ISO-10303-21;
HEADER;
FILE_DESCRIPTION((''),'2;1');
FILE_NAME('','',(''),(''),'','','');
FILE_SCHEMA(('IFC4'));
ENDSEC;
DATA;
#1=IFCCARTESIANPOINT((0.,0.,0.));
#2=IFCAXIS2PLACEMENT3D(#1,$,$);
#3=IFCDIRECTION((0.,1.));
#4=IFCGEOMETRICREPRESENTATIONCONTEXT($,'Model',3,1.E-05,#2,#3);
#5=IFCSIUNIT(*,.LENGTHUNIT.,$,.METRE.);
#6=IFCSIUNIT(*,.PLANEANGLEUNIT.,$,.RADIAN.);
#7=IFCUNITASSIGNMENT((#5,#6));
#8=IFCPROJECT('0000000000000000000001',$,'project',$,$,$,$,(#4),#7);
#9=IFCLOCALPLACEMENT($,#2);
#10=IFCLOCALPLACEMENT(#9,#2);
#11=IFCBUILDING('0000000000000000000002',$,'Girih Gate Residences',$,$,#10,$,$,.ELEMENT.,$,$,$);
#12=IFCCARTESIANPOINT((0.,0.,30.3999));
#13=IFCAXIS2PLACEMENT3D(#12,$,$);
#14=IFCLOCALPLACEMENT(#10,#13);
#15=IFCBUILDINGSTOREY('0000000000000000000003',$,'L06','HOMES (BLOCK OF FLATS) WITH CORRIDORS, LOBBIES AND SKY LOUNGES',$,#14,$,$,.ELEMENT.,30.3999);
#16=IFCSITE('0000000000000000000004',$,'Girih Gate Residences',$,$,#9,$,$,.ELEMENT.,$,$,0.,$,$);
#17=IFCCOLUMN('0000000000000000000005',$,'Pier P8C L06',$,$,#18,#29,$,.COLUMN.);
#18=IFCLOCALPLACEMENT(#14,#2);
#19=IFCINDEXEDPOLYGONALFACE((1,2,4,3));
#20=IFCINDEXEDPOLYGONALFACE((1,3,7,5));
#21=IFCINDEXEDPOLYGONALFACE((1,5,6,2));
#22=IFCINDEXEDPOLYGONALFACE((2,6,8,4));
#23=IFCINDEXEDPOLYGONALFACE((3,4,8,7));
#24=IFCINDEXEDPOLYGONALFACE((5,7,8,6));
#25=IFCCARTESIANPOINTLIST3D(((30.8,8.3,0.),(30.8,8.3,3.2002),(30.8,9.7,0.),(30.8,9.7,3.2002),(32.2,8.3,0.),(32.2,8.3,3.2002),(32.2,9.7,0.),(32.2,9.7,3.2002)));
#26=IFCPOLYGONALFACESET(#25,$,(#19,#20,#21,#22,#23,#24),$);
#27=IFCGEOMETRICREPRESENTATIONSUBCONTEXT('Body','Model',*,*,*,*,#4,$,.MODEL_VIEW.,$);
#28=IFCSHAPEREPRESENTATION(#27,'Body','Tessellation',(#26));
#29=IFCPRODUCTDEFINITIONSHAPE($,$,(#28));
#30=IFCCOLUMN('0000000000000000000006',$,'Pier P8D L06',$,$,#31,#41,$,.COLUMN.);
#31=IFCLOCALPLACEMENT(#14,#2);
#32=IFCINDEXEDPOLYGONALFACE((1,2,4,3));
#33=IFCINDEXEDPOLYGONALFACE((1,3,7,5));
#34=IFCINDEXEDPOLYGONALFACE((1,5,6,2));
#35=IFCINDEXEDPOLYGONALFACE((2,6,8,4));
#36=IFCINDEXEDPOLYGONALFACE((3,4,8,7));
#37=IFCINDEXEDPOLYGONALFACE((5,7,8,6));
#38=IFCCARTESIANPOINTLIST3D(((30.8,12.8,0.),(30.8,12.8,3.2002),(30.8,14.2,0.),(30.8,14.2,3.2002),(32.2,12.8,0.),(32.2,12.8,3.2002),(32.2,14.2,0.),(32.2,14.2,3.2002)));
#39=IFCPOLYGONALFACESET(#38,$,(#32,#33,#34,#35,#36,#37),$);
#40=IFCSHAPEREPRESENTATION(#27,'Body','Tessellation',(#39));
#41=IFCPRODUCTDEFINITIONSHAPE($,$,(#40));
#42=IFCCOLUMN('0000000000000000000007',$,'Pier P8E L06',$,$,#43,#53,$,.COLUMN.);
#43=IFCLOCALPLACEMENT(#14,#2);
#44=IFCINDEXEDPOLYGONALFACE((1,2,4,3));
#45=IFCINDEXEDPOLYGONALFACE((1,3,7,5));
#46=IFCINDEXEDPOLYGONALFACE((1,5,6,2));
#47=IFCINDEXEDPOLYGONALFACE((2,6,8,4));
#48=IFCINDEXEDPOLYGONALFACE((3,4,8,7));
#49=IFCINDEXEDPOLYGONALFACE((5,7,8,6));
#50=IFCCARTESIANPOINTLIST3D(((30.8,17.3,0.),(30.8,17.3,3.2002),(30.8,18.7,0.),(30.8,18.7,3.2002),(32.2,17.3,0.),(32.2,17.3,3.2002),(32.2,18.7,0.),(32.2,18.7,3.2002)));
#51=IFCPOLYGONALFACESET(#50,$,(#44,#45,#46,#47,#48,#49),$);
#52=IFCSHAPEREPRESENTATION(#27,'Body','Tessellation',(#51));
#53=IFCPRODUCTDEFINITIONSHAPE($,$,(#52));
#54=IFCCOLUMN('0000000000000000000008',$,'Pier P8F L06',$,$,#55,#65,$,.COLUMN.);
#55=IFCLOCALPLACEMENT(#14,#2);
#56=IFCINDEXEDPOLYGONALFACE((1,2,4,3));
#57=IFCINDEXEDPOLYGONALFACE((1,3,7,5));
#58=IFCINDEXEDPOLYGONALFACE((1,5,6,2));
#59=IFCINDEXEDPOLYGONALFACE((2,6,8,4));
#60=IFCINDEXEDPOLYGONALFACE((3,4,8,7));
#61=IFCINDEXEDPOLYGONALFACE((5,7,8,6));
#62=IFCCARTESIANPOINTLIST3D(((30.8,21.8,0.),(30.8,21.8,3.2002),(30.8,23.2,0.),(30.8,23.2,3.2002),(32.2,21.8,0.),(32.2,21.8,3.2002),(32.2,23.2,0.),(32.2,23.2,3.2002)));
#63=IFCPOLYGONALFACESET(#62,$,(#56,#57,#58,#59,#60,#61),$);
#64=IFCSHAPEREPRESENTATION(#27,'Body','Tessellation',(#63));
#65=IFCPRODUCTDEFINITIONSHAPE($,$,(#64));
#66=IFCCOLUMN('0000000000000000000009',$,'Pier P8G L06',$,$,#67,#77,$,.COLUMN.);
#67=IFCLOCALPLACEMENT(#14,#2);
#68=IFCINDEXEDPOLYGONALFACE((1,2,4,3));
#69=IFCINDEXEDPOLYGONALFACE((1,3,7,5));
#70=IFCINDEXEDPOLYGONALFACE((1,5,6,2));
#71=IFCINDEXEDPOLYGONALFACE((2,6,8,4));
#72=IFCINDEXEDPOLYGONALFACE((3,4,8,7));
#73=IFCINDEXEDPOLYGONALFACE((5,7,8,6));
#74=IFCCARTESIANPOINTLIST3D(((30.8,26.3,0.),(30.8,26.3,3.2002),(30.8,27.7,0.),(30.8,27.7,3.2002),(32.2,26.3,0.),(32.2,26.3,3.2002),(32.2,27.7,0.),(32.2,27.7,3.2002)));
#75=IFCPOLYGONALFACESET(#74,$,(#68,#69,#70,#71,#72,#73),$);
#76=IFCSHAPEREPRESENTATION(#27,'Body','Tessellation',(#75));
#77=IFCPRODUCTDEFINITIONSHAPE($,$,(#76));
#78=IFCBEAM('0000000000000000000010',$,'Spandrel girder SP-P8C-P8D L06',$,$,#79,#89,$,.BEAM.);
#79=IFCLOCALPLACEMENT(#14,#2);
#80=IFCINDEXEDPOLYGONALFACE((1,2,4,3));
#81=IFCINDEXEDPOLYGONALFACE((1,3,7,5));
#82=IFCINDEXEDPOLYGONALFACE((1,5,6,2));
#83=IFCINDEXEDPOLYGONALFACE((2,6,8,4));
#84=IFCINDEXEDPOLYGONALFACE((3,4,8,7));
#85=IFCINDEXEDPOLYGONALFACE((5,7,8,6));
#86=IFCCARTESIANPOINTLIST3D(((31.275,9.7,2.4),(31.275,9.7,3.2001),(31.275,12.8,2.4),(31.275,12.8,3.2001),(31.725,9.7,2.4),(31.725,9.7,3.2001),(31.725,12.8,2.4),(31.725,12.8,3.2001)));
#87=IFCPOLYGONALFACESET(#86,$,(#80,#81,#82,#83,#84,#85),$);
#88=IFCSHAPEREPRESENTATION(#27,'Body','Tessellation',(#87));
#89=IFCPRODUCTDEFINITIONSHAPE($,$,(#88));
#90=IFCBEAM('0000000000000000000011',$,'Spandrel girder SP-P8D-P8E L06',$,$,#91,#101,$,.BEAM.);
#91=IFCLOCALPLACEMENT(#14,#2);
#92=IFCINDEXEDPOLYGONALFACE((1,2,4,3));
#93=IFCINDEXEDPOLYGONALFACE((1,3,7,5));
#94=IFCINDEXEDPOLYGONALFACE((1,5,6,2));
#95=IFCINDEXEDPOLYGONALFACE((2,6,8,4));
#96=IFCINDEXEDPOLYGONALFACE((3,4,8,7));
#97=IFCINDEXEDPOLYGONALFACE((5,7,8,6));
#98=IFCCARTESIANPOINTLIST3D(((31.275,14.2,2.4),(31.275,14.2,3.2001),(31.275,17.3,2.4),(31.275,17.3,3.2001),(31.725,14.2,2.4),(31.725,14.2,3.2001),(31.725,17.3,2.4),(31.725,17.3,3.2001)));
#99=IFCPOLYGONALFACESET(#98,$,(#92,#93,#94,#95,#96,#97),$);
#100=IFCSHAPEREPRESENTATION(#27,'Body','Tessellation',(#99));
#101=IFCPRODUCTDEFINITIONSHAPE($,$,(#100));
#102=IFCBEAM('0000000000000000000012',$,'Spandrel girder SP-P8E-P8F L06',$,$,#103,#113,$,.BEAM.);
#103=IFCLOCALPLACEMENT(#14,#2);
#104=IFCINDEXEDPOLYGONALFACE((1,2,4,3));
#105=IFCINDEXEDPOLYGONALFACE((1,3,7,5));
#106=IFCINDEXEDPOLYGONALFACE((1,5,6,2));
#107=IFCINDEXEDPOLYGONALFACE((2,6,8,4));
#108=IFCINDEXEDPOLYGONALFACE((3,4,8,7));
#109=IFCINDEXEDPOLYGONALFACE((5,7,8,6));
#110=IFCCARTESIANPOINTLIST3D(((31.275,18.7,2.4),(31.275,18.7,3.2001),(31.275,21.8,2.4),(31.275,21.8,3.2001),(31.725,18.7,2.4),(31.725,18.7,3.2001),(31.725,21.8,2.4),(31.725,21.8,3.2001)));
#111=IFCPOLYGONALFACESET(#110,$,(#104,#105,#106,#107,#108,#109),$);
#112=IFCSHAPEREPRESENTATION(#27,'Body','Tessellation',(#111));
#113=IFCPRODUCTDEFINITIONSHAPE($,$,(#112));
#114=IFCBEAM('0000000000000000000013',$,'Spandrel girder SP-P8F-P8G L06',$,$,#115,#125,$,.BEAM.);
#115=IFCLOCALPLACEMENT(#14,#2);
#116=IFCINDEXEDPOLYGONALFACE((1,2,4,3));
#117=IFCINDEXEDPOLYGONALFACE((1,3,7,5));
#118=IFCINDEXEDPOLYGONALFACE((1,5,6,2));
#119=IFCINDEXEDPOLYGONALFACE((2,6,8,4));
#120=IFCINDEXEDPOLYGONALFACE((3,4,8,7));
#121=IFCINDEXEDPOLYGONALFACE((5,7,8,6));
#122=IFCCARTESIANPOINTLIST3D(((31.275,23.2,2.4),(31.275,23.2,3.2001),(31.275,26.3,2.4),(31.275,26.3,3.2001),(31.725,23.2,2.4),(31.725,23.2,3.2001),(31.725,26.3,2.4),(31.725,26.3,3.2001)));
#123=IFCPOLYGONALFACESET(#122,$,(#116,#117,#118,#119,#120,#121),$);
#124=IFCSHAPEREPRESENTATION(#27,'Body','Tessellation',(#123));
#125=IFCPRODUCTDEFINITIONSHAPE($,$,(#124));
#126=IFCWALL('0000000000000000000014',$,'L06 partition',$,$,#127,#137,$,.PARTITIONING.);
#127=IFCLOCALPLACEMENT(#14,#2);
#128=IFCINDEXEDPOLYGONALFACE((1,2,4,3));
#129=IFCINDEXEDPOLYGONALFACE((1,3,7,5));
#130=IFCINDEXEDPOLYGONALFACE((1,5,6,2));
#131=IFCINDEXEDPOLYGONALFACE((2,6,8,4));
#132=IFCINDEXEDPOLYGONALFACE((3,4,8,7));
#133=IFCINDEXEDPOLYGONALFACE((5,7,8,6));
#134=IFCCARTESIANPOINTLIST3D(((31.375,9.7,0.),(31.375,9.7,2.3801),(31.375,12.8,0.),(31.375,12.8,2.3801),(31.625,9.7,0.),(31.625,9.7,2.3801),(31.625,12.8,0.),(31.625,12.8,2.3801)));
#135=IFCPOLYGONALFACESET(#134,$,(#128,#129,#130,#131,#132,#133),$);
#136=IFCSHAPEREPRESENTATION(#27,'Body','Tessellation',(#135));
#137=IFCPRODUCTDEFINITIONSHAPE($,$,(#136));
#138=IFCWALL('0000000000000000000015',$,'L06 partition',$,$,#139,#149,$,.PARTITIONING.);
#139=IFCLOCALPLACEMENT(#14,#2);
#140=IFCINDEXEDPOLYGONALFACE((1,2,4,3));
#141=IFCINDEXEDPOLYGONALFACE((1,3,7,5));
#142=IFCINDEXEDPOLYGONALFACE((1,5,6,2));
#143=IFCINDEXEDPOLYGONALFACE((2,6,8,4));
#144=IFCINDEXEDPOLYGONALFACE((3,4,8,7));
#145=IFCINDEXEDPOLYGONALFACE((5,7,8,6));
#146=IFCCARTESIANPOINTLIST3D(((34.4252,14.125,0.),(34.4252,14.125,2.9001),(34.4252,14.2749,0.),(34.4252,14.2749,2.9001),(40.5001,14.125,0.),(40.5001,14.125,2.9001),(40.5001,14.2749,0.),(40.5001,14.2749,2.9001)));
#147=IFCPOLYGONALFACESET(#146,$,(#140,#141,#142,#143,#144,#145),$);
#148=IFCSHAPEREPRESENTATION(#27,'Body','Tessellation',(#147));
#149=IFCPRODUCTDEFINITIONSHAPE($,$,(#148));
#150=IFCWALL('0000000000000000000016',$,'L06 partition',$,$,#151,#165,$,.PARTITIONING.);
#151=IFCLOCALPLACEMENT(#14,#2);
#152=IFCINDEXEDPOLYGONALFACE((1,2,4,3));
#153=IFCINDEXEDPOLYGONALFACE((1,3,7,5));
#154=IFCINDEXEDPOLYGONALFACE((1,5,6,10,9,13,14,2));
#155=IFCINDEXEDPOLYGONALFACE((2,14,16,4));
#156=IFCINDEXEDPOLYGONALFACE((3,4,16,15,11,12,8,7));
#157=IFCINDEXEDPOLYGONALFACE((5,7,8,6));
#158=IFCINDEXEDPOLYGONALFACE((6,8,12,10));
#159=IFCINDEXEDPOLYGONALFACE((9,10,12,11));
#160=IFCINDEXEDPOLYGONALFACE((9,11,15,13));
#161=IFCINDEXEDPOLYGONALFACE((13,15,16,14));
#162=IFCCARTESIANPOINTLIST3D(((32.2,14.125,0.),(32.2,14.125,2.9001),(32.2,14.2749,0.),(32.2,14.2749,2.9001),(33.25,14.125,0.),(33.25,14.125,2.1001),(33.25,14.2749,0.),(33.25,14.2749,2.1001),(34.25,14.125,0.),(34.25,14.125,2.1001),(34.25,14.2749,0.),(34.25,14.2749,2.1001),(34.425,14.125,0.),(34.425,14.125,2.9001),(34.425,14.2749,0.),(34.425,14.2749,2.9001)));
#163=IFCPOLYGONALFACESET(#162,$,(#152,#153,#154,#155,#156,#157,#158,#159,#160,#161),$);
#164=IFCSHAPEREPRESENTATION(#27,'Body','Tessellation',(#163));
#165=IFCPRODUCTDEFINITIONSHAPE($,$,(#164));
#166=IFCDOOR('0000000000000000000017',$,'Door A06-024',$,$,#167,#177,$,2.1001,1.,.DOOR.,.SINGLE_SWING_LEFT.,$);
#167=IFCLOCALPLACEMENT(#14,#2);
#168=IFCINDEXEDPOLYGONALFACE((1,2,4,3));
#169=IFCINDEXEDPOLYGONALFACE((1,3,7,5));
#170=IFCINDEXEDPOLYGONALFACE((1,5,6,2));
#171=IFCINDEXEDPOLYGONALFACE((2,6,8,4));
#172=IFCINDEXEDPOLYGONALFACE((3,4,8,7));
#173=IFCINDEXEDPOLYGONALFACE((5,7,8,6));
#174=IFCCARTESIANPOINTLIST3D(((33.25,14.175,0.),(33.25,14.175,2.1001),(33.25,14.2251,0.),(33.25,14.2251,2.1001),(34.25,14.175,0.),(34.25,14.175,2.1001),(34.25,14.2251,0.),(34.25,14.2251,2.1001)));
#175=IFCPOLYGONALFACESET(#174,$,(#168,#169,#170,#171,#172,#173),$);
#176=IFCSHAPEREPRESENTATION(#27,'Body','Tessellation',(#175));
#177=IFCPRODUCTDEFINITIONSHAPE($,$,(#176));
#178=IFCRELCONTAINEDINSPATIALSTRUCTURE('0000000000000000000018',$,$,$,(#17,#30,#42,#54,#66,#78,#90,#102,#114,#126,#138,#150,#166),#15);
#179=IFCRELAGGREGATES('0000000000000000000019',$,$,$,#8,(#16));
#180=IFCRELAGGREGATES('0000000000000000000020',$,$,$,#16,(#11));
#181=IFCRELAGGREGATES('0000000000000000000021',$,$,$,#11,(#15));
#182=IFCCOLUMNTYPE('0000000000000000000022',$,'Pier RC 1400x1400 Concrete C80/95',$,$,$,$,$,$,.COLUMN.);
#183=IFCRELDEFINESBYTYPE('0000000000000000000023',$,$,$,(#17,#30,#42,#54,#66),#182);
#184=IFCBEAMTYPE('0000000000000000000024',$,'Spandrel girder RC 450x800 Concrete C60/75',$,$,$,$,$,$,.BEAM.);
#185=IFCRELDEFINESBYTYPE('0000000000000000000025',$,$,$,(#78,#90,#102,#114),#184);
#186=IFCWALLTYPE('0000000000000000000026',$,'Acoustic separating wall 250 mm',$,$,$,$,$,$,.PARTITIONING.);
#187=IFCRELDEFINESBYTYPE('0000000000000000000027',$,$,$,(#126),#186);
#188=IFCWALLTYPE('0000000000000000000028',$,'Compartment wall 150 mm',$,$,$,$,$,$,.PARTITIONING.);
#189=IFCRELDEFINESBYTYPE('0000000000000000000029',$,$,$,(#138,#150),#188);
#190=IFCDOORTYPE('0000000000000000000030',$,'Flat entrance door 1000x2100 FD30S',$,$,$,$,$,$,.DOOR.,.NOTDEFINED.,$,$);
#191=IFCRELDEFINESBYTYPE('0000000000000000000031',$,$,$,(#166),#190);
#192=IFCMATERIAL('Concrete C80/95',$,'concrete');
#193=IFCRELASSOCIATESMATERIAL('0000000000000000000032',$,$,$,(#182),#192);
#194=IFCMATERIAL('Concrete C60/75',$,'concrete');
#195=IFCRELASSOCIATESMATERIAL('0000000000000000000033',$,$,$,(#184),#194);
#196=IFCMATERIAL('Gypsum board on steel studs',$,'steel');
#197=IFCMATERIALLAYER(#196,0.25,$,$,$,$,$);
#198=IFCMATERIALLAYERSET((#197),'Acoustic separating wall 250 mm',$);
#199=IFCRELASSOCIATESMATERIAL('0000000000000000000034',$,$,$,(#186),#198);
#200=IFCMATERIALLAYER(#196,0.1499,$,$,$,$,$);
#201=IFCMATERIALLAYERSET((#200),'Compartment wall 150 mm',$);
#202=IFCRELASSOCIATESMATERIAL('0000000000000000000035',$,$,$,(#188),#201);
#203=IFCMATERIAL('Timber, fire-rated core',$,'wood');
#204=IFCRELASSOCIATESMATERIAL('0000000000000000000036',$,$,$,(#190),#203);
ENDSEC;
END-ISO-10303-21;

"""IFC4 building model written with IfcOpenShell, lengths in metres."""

from ifc_helpers import new_model, si_unit, direction, frame, frame_2d, origin, origin_2d, place, context, subcontext, project, spatial, rectangle, extrude, material, layer, layer_set, material_profile, profile_set, type_object, element, fill, save


model = new_model("IFC4")

# Units and contexts
model_context = context("Model", 3, precision=1e-05, world=origin(), true_north=direction((0.0, 1.0)))
body_context = subcontext(model_context, "Body", "Model", "MODEL_VIEW")
ifc_project = project(units=[si_unit("LENGTHUNIT", "METRE"), si_unit("PLANEANGLEUNIT", "RADIAN")], contexts=[model_context])

# Site, building, storey
site_placement = place(None, origin())
site = spatial("IfcSite", under=ifc_project, at=site_placement, Name="Girih Gate Residences", CompositionType="ELEMENT", RefElevation=0.0)
building_placement = place(site_placement, origin())
building = spatial("IfcBuilding", under=site, at=building_placement, Name="Girih Gate Residences", CompositionType="ELEMENT")
storey_placement = place(building_placement, frame((0.0, 0.0, 30.3999)))
storey = spatial("IfcBuildingStorey", under=building, at=storey_placement, Name="L06", Description="HOMES (BLOCK OF FLATS) WITH CORRIDORS, LOBBIES AND SKY LOUNGES", CompositionType="ELEMENT", Elevation=30.3999)

# Columns
ifc_material_1 = material(Name="Concrete C80/95", Category="concrete")
ifc_material_profile_1 = material_profile(ifc_material_1, rectangle(XDim=1.3999, YDim=1.3999, at=origin_2d()))
ifc_profile_set_1 = profile_set([ifc_material_profile_1], Name="Concrete C80/95")
column_type = type_object("IfcColumnType", Name="Pier RC 1400x1400 Concrete C80/95", PredefinedType="COLUMN", material=ifc_profile_set_1)
for number, where, z_axis, x_axis, name in (
    (1, (31.5, 9.0, 0.0), (0.0, 0.0, 1.0), (1.0, 0.0, 0.0), "Pier P8C L06"),
    (2, (31.5, 13.5, 0.0), (0.0, 0.0, 1.0), (1.0, 0.0, 0.0), "Pier P8D L06"),
    (3, (31.5, 18.0, 0.0), (0.0, 0.0, 1.0), (1.0, 0.0, 0.0), "Pier P8E L06"),
    (4, (31.5, 22.5, 0.0), (0.0, 0.0, 1.0), (1.0, 0.0, 0.0), "Pier P8F L06"),
    (5, (31.5, 27.0, 0.0), (0.0, 0.0, 1.0), (1.0, 0.0, 0.0), "Pier P8G L06"),
):
    element("IfcColumn", number, at=place(storey_placement, frame(where, z_axis=z_axis, x_axis=x_axis)), inside=storey, type_object=column_type, Name=name, PredefinedType="COLUMN", context=body_context, shape_type="SweptSolid", body=[
        extrude(rectangle(XDim=1.3999, YDim=1.3999, at=origin_2d()), origin(), (0.0, 0.0, 1.0), 3.2002),
    ])

# Beams
ifc_material_2 = material(Name="Concrete C60/75", Category="concrete")
ifc_material_profile_2 = material_profile(ifc_material_2, rectangle(XDim=0.45, YDim=0.8, at=origin_2d()))
ifc_profile_set_2 = profile_set([ifc_material_profile_2], Name="Concrete C60/75")
beam_type = type_object("IfcBeamType", Name="Spandrel girder RC 450x800 Concrete C60/75", PredefinedType="BEAM", material=ifc_profile_set_2)
for number, where, z_axis, x_axis, name in (
    (6, (31.5, 9.7, 2.8), (0.0, 1.0, 0.0), (-1.0, 0.0, 0.0), "Spandrel girder SP-P8C-P8D L06"),
    (7, (31.5, 14.2, 2.8), (0.0, 1.0, 0.0), (-1.0, 0.0, 0.0), "Spandrel girder SP-P8D-P8E L06"),
    (8, (31.5, 18.7, 2.8), (0.0, 1.0, 0.0), (-1.0, 0.0, 0.0), "Spandrel girder SP-P8E-P8F L06"),
    (9, (31.5, 23.2, 2.8), (0.0, 1.0, 0.0), (-1.0, 0.0, 0.0), "Spandrel girder SP-P8F-P8G L06"),
):
    element("IfcBeam", number, at=place(storey_placement, frame(where, z_axis=z_axis, x_axis=x_axis)), inside=storey, type_object=beam_type, Name=name, PredefinedType="BEAM", context=body_context, shape_type="SweptSolid", body=[
        extrude(rectangle(XDim=0.45, YDim=0.8, at=origin_2d()), origin(), (0.0, 0.0, 1.0), 3.1001),
    ])

# Walls
ifc_material_3 = material(Name="Gypsum board on steel studs", Category="steel")
ifc_layer_1 = layer(ifc_material_3, 0.25)
ifc_layer_set_1 = layer_set([ifc_layer_1], Name="Acoustic separating wall 250 mm")
wall_type_1 = type_object("IfcWallType", Name="Acoustic separating wall 250 mm", PredefinedType="PARTITIONING", material=ifc_layer_set_1)
wall_1_placement = place(storey_placement, frame((31.5, 9.7, 0.0), z_axis=(0.0, 0.0, 1.0), x_axis=(0.0, 1.0, 0.0)))
element("IfcWall", 10, at=wall_1_placement, inside=storey, type_object=wall_type_1, Name="L06 partition", PredefinedType="PARTITIONING", context=body_context, shape_type="SweptSolid", body=[
    extrude(rectangle(XDim=3.1001, YDim=0.25, at=frame_2d((1.55, 0.0))), origin(), (0.0, 0.0, 1.0), 2.3801),
])
ifc_layer_2 = layer(ifc_material_3, 0.1499)
ifc_layer_set_2 = layer_set([ifc_layer_2], Name="Compartment wall 150 mm")
wall_type_2 = type_object("IfcWallType", Name="Compartment wall 150 mm", PredefinedType="PARTITIONING", material=ifc_layer_set_2)
wall_2_placement = place(storey_placement, frame((34.425, 14.2, 0.0), z_axis=(0.0, 0.0, 1.0), x_axis=(1.0, 0.0, 0.0)))
element("IfcWall", 11, at=wall_2_placement, inside=storey, type_object=wall_type_2, Name="L06 partition", PredefinedType="PARTITIONING", context=body_context, shape_type="SweptSolid", body=[
    extrude(rectangle(XDim=6.075, YDim=0.1499, at=frame_2d((3.0376, 0.0))), origin(), (0.0, 0.0, 1.0), 2.9001),
])

# Wall, opening, door
wall_3_placement = place(storey_placement, frame((34.425, 14.2, 0.0), z_axis=(0.0, 0.0, 1.0), x_axis=(-1.0, 0.0, 0.0)))
wall_3 = element("IfcWall", 12, at=wall_3_placement, inside=storey, type_object=wall_type_2, Name="L06 partition", PredefinedType="PARTITIONING", context=body_context, shape_type="SweptSolid", body=[
    extrude(rectangle(XDim=2.2251, YDim=0.1499, at=frame_2d((1.1125, 0.0))), origin(), (0.0, 0.0, 1.0), 2.9001),
])
opening_1_placement = place(wall_3_placement, frame((0.175, 0.0, 0.0)))
opening_1 = element("IfcOpeningElement", 13, at=opening_1_placement, cuts=wall_3, PredefinedType="OPENING", context=body_context, shape_type="SweptSolid", body=[
    extrude(rectangle(XDim=1.0, YDim=2.1001, at=frame_2d((0.5, 1.05))), frame((0.0, 0.085, 0.0), z_axis=(0.0, -1.0, 0.0), x_axis=(1.0, 0.0, 0.0)), (0.0, 0.0, 1.0), 0.1699),
])
ifc_material_4 = material(Name="Timber, fire-rated core", Category="wood")
door_type_1 = type_object("IfcDoorType", Name="Flat entrance door 1000x2100 FD30S", OperationType="NOTDEFINED", PredefinedType="DOOR", material=ifc_material_4)
door_1_placement = place(opening_1_placement, origin())
door_1 = element("IfcDoor", 14, at=door_1_placement, inside=storey, type_object=door_type_1, Name="Door A06-024", OperationType="SINGLE_SWING_LEFT", OverallHeight=2.1001, OverallWidth=1.0, PredefinedType="DOOR", context=body_context, shape_type="SweptSolid", body=[
    extrude(rectangle(XDim=1.0, YDim=2.1001, at=frame_2d((0.5, 1.05))), frame((0.0, 0.0249, 0.0), z_axis=(0.0, -1.0, 0.0), x_axis=(1.0, 0.0, 0.0)), (0.0, 0.0, 1.0), 0.05),
])
fill(opening_1, door_1)

save(model, "model.ifc")
